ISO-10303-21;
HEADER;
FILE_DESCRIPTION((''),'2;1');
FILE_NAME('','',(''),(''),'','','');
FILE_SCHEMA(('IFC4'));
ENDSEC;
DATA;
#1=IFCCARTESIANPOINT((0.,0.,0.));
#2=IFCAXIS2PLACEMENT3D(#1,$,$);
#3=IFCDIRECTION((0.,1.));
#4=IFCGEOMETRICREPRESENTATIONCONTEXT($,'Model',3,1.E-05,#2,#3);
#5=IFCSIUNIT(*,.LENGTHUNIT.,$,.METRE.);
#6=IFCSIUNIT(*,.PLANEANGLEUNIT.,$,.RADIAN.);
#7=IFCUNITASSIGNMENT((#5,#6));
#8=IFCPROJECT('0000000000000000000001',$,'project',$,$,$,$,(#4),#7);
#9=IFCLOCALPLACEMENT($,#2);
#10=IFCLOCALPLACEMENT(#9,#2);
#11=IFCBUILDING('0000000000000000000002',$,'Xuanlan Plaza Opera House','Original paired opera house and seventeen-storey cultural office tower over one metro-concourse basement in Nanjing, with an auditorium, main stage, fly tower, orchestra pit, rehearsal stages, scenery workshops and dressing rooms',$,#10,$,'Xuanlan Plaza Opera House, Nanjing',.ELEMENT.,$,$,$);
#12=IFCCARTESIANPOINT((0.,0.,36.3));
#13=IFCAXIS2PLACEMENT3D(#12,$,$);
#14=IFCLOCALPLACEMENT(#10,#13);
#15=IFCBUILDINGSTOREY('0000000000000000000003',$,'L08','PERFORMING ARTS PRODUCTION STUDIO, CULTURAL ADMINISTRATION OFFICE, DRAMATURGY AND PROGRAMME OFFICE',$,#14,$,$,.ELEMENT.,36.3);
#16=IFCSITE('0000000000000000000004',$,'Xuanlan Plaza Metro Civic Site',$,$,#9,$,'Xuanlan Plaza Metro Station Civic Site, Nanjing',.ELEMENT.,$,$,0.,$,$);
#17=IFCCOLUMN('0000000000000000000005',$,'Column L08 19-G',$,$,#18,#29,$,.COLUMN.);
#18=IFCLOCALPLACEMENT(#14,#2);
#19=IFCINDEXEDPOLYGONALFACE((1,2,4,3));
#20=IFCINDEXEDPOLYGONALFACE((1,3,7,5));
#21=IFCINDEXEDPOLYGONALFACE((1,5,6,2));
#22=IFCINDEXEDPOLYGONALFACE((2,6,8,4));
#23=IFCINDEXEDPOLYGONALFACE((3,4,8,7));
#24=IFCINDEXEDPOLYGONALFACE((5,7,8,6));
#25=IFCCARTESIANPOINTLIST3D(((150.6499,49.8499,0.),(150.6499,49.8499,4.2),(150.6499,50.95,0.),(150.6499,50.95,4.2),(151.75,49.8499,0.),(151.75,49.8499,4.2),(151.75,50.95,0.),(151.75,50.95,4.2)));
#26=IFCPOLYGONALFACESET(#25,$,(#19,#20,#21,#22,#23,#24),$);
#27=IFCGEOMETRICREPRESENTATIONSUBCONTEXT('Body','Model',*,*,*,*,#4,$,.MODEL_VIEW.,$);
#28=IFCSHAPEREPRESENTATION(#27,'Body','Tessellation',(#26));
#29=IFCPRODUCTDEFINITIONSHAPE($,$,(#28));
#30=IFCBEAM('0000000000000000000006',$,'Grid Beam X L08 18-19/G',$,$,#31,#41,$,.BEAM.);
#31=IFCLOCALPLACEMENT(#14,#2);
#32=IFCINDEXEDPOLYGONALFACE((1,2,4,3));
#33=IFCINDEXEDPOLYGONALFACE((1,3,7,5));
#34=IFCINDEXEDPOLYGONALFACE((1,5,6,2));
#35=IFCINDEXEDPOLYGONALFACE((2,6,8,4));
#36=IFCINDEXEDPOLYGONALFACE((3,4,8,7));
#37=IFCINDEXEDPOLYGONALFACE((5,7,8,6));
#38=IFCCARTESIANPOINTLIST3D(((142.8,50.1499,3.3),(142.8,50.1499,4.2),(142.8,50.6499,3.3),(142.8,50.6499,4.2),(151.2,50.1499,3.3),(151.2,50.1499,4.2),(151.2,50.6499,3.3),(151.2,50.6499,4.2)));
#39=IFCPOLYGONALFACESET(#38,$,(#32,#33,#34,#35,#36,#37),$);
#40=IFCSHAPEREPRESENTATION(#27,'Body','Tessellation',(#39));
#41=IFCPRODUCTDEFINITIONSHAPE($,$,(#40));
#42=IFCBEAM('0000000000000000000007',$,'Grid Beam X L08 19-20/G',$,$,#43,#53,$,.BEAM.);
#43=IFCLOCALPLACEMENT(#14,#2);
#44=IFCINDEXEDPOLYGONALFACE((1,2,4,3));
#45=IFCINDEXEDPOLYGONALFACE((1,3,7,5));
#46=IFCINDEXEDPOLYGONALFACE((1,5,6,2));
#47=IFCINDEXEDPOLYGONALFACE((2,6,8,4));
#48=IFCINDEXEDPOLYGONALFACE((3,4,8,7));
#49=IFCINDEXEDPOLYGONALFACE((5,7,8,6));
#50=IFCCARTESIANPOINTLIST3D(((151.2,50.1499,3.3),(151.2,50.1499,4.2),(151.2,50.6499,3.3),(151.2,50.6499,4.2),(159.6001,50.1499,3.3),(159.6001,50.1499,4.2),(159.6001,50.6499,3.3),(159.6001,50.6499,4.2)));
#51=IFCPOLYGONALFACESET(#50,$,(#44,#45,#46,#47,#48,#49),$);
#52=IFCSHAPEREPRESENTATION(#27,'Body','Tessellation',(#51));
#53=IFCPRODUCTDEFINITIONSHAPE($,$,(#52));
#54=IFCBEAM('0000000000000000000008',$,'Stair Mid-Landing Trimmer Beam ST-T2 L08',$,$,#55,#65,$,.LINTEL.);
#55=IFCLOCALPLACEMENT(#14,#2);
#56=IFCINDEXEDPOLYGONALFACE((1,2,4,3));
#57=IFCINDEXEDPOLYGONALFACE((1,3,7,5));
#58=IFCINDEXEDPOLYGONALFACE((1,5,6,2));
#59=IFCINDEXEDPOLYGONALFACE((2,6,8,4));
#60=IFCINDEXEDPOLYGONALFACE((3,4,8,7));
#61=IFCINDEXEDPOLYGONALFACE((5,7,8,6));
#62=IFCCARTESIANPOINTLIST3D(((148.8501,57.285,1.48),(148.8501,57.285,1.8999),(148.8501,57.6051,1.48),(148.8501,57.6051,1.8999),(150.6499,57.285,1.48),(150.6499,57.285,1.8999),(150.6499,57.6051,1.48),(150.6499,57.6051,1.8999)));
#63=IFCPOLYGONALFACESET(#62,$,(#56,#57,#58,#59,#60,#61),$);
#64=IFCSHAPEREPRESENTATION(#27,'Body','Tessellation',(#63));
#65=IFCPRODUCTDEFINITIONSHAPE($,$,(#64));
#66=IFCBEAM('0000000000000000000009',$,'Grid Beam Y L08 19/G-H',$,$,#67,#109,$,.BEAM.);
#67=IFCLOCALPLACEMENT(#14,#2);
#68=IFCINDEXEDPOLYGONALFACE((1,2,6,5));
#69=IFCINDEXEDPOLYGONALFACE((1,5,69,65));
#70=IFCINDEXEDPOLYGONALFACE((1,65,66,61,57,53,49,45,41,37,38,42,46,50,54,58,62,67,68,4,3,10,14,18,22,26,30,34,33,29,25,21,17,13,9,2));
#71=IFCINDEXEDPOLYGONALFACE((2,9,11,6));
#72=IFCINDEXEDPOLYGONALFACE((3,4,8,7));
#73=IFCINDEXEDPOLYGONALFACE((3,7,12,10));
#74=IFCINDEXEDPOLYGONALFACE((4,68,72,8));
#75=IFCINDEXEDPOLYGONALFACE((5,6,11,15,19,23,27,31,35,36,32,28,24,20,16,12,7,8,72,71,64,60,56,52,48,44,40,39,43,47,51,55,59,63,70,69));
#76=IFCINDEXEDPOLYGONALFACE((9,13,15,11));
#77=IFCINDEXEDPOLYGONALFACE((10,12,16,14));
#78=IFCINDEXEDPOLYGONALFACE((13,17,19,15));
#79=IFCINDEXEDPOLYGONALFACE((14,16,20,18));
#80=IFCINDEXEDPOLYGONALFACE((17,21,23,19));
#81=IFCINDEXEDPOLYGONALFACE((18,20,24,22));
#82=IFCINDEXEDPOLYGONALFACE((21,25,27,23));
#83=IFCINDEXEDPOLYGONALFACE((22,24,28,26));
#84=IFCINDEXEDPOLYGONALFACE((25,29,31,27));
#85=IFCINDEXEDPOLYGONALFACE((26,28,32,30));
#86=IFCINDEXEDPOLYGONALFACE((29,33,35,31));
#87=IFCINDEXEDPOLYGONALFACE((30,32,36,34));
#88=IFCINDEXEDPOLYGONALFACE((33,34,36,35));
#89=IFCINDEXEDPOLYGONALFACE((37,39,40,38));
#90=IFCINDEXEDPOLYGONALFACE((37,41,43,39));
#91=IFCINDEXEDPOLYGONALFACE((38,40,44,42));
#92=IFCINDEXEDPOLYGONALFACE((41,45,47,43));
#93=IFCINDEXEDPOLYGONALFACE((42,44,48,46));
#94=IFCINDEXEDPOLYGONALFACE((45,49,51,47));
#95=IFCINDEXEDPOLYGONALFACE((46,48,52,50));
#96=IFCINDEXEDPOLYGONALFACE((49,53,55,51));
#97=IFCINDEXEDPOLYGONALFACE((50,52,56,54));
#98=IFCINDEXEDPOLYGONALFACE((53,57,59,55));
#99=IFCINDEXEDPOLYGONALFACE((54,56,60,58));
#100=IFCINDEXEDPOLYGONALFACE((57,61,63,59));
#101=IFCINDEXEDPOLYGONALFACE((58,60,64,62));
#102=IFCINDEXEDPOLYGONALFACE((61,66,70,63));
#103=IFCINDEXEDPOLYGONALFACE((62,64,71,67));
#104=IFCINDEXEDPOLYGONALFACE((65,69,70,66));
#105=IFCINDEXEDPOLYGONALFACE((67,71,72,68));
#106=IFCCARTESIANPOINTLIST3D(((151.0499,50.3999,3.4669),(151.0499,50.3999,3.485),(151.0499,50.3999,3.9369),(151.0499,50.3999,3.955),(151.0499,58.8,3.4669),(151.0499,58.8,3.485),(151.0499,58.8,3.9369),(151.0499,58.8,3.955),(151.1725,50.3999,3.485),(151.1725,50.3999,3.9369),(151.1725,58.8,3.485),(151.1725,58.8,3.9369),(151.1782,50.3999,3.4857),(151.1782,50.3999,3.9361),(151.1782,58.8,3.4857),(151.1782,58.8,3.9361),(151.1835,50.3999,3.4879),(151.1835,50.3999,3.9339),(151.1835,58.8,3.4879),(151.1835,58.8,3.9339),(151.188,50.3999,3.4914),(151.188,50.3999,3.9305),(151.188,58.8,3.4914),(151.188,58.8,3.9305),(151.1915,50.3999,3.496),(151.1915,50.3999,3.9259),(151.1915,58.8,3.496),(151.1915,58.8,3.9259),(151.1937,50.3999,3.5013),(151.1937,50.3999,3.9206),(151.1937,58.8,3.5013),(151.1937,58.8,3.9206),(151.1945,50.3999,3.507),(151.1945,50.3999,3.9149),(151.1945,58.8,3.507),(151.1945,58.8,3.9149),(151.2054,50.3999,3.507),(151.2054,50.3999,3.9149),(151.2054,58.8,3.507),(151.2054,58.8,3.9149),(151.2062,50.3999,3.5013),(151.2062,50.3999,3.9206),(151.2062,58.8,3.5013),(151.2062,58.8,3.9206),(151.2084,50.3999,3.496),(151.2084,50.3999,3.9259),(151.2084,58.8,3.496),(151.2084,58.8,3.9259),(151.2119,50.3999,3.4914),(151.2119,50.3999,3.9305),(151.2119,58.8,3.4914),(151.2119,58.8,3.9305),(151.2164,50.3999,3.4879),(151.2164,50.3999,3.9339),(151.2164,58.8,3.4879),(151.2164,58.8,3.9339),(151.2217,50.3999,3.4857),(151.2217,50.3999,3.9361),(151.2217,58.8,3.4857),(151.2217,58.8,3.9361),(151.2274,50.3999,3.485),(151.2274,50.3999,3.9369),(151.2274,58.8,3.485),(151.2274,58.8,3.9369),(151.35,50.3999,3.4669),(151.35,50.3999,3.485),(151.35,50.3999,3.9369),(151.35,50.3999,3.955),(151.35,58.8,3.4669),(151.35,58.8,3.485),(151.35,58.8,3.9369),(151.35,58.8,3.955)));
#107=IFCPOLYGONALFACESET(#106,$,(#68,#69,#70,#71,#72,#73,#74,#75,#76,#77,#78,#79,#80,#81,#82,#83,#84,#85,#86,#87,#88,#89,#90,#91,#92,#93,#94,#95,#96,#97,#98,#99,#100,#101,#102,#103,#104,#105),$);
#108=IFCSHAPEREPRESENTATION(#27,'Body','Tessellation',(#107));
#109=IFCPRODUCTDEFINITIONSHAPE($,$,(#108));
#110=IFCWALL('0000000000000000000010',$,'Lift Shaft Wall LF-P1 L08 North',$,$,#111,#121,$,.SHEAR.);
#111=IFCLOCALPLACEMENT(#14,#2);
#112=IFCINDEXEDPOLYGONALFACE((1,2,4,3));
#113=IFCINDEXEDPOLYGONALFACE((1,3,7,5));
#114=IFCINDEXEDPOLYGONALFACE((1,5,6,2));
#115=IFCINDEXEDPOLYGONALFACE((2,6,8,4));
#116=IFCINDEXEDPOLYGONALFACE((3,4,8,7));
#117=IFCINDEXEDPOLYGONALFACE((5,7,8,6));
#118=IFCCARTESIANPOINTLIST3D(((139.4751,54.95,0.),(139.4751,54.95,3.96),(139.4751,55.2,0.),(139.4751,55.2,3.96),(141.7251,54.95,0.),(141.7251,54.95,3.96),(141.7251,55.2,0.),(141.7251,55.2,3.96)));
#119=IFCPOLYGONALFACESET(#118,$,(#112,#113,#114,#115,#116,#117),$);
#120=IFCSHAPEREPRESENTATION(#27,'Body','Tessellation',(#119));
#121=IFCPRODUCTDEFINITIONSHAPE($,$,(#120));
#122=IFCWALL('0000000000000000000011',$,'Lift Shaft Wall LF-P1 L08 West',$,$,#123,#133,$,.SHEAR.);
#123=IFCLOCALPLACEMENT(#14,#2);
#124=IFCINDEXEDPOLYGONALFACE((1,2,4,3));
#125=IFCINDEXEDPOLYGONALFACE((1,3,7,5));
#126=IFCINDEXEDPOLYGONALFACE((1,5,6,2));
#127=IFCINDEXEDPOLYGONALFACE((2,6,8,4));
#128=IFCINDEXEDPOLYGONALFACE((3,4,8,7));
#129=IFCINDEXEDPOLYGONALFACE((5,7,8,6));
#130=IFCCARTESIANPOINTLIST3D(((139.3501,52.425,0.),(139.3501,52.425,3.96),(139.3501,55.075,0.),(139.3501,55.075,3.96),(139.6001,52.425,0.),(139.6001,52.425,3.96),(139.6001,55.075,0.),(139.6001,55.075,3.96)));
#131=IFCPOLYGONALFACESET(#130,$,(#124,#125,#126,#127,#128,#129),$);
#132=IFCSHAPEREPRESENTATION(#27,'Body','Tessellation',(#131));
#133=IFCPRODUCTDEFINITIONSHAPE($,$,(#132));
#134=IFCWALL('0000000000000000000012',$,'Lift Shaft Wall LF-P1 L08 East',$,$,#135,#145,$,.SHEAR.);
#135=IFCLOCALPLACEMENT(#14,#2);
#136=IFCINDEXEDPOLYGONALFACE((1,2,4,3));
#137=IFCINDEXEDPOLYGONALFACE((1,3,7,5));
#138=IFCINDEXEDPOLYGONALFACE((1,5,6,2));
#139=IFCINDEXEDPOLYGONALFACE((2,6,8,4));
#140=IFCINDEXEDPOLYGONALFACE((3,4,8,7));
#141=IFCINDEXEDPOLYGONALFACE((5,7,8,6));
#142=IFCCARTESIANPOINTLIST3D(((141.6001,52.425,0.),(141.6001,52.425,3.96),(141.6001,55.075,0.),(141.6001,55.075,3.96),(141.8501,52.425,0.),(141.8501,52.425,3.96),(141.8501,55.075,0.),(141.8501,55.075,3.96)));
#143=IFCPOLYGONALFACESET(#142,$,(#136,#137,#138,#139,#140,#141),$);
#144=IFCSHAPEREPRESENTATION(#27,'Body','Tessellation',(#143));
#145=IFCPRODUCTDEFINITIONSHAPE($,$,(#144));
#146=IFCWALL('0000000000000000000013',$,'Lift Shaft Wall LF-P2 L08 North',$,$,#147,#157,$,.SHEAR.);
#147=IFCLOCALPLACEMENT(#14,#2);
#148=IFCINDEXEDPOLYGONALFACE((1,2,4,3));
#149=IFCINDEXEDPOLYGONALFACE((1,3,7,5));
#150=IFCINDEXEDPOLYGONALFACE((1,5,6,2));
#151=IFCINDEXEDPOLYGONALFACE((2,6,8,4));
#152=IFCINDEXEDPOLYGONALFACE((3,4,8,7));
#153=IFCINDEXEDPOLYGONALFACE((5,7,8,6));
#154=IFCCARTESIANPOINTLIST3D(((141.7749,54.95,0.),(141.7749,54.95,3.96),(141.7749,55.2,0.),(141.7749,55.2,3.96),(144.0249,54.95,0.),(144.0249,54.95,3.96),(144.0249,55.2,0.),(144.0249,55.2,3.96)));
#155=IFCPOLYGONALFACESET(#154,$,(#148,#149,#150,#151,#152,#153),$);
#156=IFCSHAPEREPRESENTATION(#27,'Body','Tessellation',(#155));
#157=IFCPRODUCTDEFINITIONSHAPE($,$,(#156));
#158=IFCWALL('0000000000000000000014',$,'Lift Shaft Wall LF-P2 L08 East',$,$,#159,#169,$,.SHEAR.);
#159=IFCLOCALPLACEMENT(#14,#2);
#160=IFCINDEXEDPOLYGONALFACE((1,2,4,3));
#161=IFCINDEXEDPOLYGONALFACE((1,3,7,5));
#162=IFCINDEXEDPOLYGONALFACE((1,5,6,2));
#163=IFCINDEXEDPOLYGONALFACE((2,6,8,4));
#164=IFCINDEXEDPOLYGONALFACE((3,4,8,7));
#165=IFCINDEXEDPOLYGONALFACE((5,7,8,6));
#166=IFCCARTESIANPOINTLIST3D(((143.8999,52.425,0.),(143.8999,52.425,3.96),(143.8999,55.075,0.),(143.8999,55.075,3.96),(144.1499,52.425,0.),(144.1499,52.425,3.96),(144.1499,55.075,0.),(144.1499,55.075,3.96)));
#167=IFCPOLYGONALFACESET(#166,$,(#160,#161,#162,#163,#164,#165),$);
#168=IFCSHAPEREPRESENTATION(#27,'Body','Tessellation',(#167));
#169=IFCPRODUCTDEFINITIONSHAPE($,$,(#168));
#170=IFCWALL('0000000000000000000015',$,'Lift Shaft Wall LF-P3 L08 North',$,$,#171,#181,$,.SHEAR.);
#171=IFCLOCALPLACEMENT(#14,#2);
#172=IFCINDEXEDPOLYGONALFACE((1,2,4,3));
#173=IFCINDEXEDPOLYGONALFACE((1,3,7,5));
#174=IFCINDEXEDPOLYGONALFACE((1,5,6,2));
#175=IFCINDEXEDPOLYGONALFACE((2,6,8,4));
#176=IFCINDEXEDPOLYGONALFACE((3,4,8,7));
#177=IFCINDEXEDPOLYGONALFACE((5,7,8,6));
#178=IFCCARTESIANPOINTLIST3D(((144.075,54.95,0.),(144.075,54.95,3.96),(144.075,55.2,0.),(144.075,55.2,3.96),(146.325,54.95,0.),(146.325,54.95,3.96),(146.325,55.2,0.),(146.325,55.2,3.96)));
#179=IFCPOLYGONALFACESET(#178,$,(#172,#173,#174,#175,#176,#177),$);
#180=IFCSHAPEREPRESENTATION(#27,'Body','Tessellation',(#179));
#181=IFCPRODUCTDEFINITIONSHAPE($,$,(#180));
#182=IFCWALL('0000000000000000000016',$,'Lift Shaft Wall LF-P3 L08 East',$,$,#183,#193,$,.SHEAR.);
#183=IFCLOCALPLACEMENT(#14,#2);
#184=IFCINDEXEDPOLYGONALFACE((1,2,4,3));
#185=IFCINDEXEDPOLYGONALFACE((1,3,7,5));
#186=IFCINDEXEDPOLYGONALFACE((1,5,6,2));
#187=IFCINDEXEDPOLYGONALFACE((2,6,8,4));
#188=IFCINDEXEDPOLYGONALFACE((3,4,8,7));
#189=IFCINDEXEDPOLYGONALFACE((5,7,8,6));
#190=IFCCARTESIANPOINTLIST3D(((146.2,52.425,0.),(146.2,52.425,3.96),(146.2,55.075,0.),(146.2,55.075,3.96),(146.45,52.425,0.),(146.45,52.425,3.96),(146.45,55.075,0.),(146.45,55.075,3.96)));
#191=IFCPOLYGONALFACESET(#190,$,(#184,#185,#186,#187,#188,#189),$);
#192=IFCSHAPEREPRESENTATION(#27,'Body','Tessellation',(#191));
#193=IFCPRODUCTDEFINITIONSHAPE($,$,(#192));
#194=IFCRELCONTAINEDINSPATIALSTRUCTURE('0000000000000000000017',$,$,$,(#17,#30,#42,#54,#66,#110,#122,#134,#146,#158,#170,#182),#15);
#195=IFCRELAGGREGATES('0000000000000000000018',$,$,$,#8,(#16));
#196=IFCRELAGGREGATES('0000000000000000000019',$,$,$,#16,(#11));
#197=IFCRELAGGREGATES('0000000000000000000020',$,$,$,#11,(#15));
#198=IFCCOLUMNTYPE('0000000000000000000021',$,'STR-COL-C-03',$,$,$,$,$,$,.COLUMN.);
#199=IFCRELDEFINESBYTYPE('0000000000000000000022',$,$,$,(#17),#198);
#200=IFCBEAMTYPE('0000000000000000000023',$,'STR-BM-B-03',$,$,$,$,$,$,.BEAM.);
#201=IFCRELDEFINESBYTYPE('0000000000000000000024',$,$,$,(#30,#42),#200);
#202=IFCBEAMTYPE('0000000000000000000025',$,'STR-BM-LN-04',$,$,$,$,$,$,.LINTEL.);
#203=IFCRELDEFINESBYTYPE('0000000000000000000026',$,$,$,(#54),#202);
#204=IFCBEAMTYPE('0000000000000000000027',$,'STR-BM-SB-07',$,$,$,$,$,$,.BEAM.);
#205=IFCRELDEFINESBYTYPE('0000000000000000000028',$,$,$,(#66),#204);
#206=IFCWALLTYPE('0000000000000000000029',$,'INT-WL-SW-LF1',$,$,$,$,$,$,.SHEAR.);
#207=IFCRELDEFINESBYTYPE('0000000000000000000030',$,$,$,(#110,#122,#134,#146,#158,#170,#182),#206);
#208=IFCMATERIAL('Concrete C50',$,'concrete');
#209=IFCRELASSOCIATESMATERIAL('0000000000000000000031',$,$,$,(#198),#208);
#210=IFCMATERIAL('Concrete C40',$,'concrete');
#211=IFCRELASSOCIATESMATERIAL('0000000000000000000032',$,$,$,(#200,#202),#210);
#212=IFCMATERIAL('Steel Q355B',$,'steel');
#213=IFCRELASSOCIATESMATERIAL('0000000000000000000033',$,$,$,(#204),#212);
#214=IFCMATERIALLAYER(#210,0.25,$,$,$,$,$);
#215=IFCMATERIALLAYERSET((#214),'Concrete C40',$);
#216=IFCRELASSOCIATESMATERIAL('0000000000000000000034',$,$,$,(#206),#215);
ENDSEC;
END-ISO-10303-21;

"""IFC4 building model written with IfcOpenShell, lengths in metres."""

from ifc_helpers import new_model, si_unit, direction, frame, frame_2d, origin, origin_2d, place, context, subcontext, project, spatial, rectangle, i_section, extrude, material, layer, layer_set, material_profile, profile_set, type_object, element, save


model = new_model("IFC4")

# Units and contexts
model_context = context("Model", 3, precision=1e-05, world=origin(), true_north=direction((0.0, 1.0)))
body_context = subcontext(model_context, "Body", "Model", "MODEL_VIEW")
ifc_project = project(units=[si_unit("LENGTHUNIT", "METRE"), si_unit("PLANEANGLEUNIT", "RADIAN")], contexts=[model_context])

# Site, building, storey
site_placement = place(None, origin())
site = spatial("IfcSite", under=ifc_project, at=site_placement, Name="Xuanlan Plaza Metro Civic Site", LongName="Xuanlan Plaza Metro Station Civic Site, Nanjing", CompositionType="ELEMENT", RefElevation=0.0)
building_placement = place(site_placement, origin())
building = spatial("IfcBuilding", under=site, at=building_placement, Name="Xuanlan Plaza Opera House", Description="Original paired opera house and seventeen-storey cultural office tower over one metro-concourse basement in Nanjing, with an auditorium, main stage, fly tower, orchestra pit, rehearsal stages, scenery workshops and dressing rooms", LongName="Xuanlan Plaza Opera House, Nanjing", CompositionType="ELEMENT")
storey_placement = place(building_placement, frame((0.0, 0.0, 36.3)))
storey = spatial("IfcBuildingStorey", under=building, at=storey_placement, Name="L08", Description="PERFORMING ARTS PRODUCTION STUDIO, CULTURAL ADMINISTRATION OFFICE, DRAMATURGY AND PROGRAMME OFFICE", CompositionType="ELEMENT", Elevation=36.3)

# Column
ifc_material_1 = material(Name="Concrete C50", Category="concrete")
ifc_material_profile_1 = material_profile(ifc_material_1, rectangle(XDim=1.1001, YDim=1.1001, at=origin_2d()), Name="RC-COL 1100x1100")
ifc_profile_set_1 = profile_set([ifc_material_profile_1], Name="Concrete C50")
column_type = type_object("IfcColumnType", Name="STR-COL-C-03", PredefinedType="COLUMN", material=ifc_profile_set_1)
column_placement = place(storey_placement, frame((151.2, 50.3999, 0.0), z_axis=(0.0, 0.0, 1.0), x_axis=(1.0, 0.0, 0.0)))
element("IfcColumn", 1, at=column_placement, inside=storey, type_object=column_type, Name="Column L08 19-G", PredefinedType="COLUMN", context=body_context, shape_type="SweptSolid", body=[
    extrude(rectangle(XDim=1.1001, YDim=1.1001, at=origin_2d()), origin(), (0.0, 0.0, 1.0), 4.2),
])

# Beams
ifc_material_2 = material(Name="Concrete C40", Category="concrete")
ifc_material_profile_2 = material_profile(ifc_material_2, rectangle(XDim=0.5, YDim=0.8999, at=origin_2d()), Name="RC-BM 500x900")
ifc_profile_set_2 = profile_set([ifc_material_profile_2], Name="Concrete C40")
beam_type_1 = type_object("IfcBeamType", Name="STR-BM-B-03", PredefinedType="BEAM", material=ifc_profile_set_2)
beam_1_placement = place(storey_placement, frame((142.8, 50.3999, 3.75), z_axis=(1.0, 0.0, 0.0), x_axis=(0.0, 1.0, 0.0)))
element("IfcBeam", 2, at=beam_1_placement, inside=storey, type_object=beam_type_1, Name="Grid Beam X L08 18-19/G", PredefinedType="BEAM", context=body_context, shape_type="SweptSolid", body=[
    extrude(rectangle(XDim=0.5, YDim=0.8999, at=origin_2d()), origin(), (0.0, 0.0, 1.0), 8.3999),
])
beam_2_placement = place(storey_placement, frame((151.2, 50.3999, 3.75), z_axis=(1.0, 0.0, 0.0), x_axis=(0.0, 1.0, 0.0)))
element("IfcBeam", 3, at=beam_2_placement, inside=storey, type_object=beam_type_1, Name="Grid Beam X L08 19-20/G", PredefinedType="BEAM", context=body_context, shape_type="SweptSolid", body=[
    extrude(rectangle(XDim=0.5, YDim=0.8999, at=origin_2d()), origin(), (0.0, 0.0, 1.0), 8.4001),
])
ifc_material_profile_3 = material_profile(ifc_material_2, rectangle(XDim=0.3201, YDim=0.4199, at=origin_2d()), Name="RC-LNT 320x420")
ifc_profile_set_3 = profile_set([ifc_material_profile_3], Name="Concrete C40")
beam_type_2 = type_object("IfcBeamType", Name="STR-BM-LN-04", PredefinedType="LINTEL", material=ifc_profile_set_3)
beam_3_placement = place(storey_placement, frame((148.8501, 57.4451, 1.6899), z_axis=(1.0, 0.0, 0.0), x_axis=(0.0, 1.0, 0.0)))
element("IfcBeam", 4, at=beam_3_placement, inside=storey, type_object=beam_type_2, Name="Stair Mid-Landing Trimmer Beam ST-T2 L08", PredefinedType="LINTEL", context=body_context, shape_type="SweptSolid", body=[
    extrude(rectangle(XDim=0.3201, YDim=0.4199, at=origin_2d()), origin(), (0.0, 0.0, 1.0), 1.7998),
])
ifc_material_3 = material(Name="Steel Q355B", Category="steel")
ifc_material_profile_4 = material_profile(ifc_material_3, i_section(OverallWidth=0.3, OverallDepth=0.488, WebThickness=0.011, FlangeThickness=0.0181, FilletRadius=0.022, at=origin_2d()), Name="HM 488x300x11x18")
ifc_profile_set_4 = profile_set([ifc_material_profile_4], Name="Steel Q355B")
beam_type_3 = type_object("IfcBeamType", Name="STR-BM-SB-07", PredefinedType="BEAM", material=ifc_profile_set_4)
beam_4_placement = place(storey_placement, frame((151.2, 50.3999, 3.7109), z_axis=(0.0, 1.0, 0.0), x_axis=(-1.0, 0.0, 0.0)))
element("IfcBeam", 5, at=beam_4_placement, inside=storey, type_object=beam_type_3, Name="Grid Beam Y L08 19/G-H", PredefinedType="BEAM", context=body_context, shape_type="SweptSolid", body=[
    extrude(i_section(OverallWidth=0.3, OverallDepth=0.488, WebThickness=0.011, FlangeThickness=0.0181, FilletRadius=0.022, at=origin_2d()), origin(), (0.0, 0.0, 1.0), 8.4001),
])

# Walls
ifc_layer_1 = layer(ifc_material_2, 0.25)
ifc_layer_set_1 = layer_set([ifc_layer_1], Name="Concrete C40")
wall_type_1 = type_object("IfcWallType", Name="INT-WL-SW-LF1", PredefinedType="SHEAR", material=ifc_layer_set_1)
wall_1_placement = place(storey_placement, frame((139.4751, 55.075, 0.0), z_axis=(0.0, 0.0, 1.0), x_axis=(1.0, 0.0, 0.0)))
element("IfcWall", 6, at=wall_1_placement, inside=storey, type_object=wall_type_1, Name="Lift Shaft Wall LF-P1 L08 North", PredefinedType="SHEAR", context=body_context, shape_type="SweptSolid", body=[
    extrude(rectangle(XDim=2.25, YDim=0.25, at=frame_2d((1.125, 0.0))), origin(), (0.0, 0.0, 1.0), 3.96),
])
for number, where, z_axis, x_axis, name in (
    (7, (139.4751, 52.425, 0.0), (0.0, 0.0, 1.0), (0.0, 1.0, 0.0), "Lift Shaft Wall LF-P1 L08 West"),
    (8, (141.7251, 52.425, 0.0), (0.0, 0.0, 1.0), (0.0, 1.0, 0.0), "Lift Shaft Wall LF-P1 L08 East"),
):
    element("IfcWall", number, at=place(storey_placement, frame(where, z_axis=z_axis, x_axis=x_axis)), inside=storey, type_object=wall_type_1, Name=name, PredefinedType="SHEAR", context=body_context, shape_type="SweptSolid", body=[
        extrude(rectangle(XDim=2.6499, YDim=0.25, at=frame_2d((1.325, 0.0))), origin(), (0.0, 0.0, 1.0), 3.96),
    ])

# Walls
wall_2_placement = place(storey_placement, frame((141.7749, 55.075, 0.0), z_axis=(0.0, 0.0, 1.0), x_axis=(1.0, 0.0, 0.0)))
element("IfcWall", 9, at=wall_2_placement, inside=storey, type_object=wall_type_1, Name="Lift Shaft Wall LF-P2 L08 North", PredefinedType="SHEAR", context=body_context, shape_type="SweptSolid", body=[
    extrude(rectangle(XDim=2.25, YDim=0.25, at=frame_2d((1.125, 0.0))), origin(), (0.0, 0.0, 1.0), 3.96),
])
wall_3_placement = place(storey_placement, frame((144.0249, 52.425, 0.0), z_axis=(0.0, 0.0, 1.0), x_axis=(0.0, 1.0, 0.0)))
element("IfcWall", 10, at=wall_3_placement, inside=storey, type_object=wall_type_1, Name="Lift Shaft Wall LF-P2 L08 East", PredefinedType="SHEAR", context=body_context, shape_type="SweptSolid", body=[
    extrude(rectangle(XDim=2.6499, YDim=0.25, at=frame_2d((1.325, 0.0))), origin(), (0.0, 0.0, 1.0), 3.96),
])

# Walls
wall_4_placement = place(storey_placement, frame((144.075, 55.075, 0.0), z_axis=(0.0, 0.0, 1.0), x_axis=(1.0, 0.0, 0.0)))
element("IfcWall", 11, at=wall_4_placement, inside=storey, type_object=wall_type_1, Name="Lift Shaft Wall LF-P3 L08 North", PredefinedType="SHEAR", context=body_context, shape_type="SweptSolid", body=[
    extrude(rectangle(XDim=2.25, YDim=0.25, at=frame_2d((1.125, 0.0))), origin(), (0.0, 0.0, 1.0), 3.96),
])
wall_5_placement = place(storey_placement, frame((146.325, 52.425, 0.0), z_axis=(0.0, 0.0, 1.0), x_axis=(0.0, 1.0, 0.0)))
element("IfcWall", 12, at=wall_5_placement, inside=storey, type_object=wall_type_1, Name="Lift Shaft Wall LF-P3 L08 East", PredefinedType="SHEAR", context=body_context, shape_type="SweptSolid", body=[
    extrude(rectangle(XDim=2.6499, YDim=0.25, at=frame_2d((1.325, 0.0))), origin(), (0.0, 0.0, 1.0), 3.96),
])

save(model, "model.ifc")
